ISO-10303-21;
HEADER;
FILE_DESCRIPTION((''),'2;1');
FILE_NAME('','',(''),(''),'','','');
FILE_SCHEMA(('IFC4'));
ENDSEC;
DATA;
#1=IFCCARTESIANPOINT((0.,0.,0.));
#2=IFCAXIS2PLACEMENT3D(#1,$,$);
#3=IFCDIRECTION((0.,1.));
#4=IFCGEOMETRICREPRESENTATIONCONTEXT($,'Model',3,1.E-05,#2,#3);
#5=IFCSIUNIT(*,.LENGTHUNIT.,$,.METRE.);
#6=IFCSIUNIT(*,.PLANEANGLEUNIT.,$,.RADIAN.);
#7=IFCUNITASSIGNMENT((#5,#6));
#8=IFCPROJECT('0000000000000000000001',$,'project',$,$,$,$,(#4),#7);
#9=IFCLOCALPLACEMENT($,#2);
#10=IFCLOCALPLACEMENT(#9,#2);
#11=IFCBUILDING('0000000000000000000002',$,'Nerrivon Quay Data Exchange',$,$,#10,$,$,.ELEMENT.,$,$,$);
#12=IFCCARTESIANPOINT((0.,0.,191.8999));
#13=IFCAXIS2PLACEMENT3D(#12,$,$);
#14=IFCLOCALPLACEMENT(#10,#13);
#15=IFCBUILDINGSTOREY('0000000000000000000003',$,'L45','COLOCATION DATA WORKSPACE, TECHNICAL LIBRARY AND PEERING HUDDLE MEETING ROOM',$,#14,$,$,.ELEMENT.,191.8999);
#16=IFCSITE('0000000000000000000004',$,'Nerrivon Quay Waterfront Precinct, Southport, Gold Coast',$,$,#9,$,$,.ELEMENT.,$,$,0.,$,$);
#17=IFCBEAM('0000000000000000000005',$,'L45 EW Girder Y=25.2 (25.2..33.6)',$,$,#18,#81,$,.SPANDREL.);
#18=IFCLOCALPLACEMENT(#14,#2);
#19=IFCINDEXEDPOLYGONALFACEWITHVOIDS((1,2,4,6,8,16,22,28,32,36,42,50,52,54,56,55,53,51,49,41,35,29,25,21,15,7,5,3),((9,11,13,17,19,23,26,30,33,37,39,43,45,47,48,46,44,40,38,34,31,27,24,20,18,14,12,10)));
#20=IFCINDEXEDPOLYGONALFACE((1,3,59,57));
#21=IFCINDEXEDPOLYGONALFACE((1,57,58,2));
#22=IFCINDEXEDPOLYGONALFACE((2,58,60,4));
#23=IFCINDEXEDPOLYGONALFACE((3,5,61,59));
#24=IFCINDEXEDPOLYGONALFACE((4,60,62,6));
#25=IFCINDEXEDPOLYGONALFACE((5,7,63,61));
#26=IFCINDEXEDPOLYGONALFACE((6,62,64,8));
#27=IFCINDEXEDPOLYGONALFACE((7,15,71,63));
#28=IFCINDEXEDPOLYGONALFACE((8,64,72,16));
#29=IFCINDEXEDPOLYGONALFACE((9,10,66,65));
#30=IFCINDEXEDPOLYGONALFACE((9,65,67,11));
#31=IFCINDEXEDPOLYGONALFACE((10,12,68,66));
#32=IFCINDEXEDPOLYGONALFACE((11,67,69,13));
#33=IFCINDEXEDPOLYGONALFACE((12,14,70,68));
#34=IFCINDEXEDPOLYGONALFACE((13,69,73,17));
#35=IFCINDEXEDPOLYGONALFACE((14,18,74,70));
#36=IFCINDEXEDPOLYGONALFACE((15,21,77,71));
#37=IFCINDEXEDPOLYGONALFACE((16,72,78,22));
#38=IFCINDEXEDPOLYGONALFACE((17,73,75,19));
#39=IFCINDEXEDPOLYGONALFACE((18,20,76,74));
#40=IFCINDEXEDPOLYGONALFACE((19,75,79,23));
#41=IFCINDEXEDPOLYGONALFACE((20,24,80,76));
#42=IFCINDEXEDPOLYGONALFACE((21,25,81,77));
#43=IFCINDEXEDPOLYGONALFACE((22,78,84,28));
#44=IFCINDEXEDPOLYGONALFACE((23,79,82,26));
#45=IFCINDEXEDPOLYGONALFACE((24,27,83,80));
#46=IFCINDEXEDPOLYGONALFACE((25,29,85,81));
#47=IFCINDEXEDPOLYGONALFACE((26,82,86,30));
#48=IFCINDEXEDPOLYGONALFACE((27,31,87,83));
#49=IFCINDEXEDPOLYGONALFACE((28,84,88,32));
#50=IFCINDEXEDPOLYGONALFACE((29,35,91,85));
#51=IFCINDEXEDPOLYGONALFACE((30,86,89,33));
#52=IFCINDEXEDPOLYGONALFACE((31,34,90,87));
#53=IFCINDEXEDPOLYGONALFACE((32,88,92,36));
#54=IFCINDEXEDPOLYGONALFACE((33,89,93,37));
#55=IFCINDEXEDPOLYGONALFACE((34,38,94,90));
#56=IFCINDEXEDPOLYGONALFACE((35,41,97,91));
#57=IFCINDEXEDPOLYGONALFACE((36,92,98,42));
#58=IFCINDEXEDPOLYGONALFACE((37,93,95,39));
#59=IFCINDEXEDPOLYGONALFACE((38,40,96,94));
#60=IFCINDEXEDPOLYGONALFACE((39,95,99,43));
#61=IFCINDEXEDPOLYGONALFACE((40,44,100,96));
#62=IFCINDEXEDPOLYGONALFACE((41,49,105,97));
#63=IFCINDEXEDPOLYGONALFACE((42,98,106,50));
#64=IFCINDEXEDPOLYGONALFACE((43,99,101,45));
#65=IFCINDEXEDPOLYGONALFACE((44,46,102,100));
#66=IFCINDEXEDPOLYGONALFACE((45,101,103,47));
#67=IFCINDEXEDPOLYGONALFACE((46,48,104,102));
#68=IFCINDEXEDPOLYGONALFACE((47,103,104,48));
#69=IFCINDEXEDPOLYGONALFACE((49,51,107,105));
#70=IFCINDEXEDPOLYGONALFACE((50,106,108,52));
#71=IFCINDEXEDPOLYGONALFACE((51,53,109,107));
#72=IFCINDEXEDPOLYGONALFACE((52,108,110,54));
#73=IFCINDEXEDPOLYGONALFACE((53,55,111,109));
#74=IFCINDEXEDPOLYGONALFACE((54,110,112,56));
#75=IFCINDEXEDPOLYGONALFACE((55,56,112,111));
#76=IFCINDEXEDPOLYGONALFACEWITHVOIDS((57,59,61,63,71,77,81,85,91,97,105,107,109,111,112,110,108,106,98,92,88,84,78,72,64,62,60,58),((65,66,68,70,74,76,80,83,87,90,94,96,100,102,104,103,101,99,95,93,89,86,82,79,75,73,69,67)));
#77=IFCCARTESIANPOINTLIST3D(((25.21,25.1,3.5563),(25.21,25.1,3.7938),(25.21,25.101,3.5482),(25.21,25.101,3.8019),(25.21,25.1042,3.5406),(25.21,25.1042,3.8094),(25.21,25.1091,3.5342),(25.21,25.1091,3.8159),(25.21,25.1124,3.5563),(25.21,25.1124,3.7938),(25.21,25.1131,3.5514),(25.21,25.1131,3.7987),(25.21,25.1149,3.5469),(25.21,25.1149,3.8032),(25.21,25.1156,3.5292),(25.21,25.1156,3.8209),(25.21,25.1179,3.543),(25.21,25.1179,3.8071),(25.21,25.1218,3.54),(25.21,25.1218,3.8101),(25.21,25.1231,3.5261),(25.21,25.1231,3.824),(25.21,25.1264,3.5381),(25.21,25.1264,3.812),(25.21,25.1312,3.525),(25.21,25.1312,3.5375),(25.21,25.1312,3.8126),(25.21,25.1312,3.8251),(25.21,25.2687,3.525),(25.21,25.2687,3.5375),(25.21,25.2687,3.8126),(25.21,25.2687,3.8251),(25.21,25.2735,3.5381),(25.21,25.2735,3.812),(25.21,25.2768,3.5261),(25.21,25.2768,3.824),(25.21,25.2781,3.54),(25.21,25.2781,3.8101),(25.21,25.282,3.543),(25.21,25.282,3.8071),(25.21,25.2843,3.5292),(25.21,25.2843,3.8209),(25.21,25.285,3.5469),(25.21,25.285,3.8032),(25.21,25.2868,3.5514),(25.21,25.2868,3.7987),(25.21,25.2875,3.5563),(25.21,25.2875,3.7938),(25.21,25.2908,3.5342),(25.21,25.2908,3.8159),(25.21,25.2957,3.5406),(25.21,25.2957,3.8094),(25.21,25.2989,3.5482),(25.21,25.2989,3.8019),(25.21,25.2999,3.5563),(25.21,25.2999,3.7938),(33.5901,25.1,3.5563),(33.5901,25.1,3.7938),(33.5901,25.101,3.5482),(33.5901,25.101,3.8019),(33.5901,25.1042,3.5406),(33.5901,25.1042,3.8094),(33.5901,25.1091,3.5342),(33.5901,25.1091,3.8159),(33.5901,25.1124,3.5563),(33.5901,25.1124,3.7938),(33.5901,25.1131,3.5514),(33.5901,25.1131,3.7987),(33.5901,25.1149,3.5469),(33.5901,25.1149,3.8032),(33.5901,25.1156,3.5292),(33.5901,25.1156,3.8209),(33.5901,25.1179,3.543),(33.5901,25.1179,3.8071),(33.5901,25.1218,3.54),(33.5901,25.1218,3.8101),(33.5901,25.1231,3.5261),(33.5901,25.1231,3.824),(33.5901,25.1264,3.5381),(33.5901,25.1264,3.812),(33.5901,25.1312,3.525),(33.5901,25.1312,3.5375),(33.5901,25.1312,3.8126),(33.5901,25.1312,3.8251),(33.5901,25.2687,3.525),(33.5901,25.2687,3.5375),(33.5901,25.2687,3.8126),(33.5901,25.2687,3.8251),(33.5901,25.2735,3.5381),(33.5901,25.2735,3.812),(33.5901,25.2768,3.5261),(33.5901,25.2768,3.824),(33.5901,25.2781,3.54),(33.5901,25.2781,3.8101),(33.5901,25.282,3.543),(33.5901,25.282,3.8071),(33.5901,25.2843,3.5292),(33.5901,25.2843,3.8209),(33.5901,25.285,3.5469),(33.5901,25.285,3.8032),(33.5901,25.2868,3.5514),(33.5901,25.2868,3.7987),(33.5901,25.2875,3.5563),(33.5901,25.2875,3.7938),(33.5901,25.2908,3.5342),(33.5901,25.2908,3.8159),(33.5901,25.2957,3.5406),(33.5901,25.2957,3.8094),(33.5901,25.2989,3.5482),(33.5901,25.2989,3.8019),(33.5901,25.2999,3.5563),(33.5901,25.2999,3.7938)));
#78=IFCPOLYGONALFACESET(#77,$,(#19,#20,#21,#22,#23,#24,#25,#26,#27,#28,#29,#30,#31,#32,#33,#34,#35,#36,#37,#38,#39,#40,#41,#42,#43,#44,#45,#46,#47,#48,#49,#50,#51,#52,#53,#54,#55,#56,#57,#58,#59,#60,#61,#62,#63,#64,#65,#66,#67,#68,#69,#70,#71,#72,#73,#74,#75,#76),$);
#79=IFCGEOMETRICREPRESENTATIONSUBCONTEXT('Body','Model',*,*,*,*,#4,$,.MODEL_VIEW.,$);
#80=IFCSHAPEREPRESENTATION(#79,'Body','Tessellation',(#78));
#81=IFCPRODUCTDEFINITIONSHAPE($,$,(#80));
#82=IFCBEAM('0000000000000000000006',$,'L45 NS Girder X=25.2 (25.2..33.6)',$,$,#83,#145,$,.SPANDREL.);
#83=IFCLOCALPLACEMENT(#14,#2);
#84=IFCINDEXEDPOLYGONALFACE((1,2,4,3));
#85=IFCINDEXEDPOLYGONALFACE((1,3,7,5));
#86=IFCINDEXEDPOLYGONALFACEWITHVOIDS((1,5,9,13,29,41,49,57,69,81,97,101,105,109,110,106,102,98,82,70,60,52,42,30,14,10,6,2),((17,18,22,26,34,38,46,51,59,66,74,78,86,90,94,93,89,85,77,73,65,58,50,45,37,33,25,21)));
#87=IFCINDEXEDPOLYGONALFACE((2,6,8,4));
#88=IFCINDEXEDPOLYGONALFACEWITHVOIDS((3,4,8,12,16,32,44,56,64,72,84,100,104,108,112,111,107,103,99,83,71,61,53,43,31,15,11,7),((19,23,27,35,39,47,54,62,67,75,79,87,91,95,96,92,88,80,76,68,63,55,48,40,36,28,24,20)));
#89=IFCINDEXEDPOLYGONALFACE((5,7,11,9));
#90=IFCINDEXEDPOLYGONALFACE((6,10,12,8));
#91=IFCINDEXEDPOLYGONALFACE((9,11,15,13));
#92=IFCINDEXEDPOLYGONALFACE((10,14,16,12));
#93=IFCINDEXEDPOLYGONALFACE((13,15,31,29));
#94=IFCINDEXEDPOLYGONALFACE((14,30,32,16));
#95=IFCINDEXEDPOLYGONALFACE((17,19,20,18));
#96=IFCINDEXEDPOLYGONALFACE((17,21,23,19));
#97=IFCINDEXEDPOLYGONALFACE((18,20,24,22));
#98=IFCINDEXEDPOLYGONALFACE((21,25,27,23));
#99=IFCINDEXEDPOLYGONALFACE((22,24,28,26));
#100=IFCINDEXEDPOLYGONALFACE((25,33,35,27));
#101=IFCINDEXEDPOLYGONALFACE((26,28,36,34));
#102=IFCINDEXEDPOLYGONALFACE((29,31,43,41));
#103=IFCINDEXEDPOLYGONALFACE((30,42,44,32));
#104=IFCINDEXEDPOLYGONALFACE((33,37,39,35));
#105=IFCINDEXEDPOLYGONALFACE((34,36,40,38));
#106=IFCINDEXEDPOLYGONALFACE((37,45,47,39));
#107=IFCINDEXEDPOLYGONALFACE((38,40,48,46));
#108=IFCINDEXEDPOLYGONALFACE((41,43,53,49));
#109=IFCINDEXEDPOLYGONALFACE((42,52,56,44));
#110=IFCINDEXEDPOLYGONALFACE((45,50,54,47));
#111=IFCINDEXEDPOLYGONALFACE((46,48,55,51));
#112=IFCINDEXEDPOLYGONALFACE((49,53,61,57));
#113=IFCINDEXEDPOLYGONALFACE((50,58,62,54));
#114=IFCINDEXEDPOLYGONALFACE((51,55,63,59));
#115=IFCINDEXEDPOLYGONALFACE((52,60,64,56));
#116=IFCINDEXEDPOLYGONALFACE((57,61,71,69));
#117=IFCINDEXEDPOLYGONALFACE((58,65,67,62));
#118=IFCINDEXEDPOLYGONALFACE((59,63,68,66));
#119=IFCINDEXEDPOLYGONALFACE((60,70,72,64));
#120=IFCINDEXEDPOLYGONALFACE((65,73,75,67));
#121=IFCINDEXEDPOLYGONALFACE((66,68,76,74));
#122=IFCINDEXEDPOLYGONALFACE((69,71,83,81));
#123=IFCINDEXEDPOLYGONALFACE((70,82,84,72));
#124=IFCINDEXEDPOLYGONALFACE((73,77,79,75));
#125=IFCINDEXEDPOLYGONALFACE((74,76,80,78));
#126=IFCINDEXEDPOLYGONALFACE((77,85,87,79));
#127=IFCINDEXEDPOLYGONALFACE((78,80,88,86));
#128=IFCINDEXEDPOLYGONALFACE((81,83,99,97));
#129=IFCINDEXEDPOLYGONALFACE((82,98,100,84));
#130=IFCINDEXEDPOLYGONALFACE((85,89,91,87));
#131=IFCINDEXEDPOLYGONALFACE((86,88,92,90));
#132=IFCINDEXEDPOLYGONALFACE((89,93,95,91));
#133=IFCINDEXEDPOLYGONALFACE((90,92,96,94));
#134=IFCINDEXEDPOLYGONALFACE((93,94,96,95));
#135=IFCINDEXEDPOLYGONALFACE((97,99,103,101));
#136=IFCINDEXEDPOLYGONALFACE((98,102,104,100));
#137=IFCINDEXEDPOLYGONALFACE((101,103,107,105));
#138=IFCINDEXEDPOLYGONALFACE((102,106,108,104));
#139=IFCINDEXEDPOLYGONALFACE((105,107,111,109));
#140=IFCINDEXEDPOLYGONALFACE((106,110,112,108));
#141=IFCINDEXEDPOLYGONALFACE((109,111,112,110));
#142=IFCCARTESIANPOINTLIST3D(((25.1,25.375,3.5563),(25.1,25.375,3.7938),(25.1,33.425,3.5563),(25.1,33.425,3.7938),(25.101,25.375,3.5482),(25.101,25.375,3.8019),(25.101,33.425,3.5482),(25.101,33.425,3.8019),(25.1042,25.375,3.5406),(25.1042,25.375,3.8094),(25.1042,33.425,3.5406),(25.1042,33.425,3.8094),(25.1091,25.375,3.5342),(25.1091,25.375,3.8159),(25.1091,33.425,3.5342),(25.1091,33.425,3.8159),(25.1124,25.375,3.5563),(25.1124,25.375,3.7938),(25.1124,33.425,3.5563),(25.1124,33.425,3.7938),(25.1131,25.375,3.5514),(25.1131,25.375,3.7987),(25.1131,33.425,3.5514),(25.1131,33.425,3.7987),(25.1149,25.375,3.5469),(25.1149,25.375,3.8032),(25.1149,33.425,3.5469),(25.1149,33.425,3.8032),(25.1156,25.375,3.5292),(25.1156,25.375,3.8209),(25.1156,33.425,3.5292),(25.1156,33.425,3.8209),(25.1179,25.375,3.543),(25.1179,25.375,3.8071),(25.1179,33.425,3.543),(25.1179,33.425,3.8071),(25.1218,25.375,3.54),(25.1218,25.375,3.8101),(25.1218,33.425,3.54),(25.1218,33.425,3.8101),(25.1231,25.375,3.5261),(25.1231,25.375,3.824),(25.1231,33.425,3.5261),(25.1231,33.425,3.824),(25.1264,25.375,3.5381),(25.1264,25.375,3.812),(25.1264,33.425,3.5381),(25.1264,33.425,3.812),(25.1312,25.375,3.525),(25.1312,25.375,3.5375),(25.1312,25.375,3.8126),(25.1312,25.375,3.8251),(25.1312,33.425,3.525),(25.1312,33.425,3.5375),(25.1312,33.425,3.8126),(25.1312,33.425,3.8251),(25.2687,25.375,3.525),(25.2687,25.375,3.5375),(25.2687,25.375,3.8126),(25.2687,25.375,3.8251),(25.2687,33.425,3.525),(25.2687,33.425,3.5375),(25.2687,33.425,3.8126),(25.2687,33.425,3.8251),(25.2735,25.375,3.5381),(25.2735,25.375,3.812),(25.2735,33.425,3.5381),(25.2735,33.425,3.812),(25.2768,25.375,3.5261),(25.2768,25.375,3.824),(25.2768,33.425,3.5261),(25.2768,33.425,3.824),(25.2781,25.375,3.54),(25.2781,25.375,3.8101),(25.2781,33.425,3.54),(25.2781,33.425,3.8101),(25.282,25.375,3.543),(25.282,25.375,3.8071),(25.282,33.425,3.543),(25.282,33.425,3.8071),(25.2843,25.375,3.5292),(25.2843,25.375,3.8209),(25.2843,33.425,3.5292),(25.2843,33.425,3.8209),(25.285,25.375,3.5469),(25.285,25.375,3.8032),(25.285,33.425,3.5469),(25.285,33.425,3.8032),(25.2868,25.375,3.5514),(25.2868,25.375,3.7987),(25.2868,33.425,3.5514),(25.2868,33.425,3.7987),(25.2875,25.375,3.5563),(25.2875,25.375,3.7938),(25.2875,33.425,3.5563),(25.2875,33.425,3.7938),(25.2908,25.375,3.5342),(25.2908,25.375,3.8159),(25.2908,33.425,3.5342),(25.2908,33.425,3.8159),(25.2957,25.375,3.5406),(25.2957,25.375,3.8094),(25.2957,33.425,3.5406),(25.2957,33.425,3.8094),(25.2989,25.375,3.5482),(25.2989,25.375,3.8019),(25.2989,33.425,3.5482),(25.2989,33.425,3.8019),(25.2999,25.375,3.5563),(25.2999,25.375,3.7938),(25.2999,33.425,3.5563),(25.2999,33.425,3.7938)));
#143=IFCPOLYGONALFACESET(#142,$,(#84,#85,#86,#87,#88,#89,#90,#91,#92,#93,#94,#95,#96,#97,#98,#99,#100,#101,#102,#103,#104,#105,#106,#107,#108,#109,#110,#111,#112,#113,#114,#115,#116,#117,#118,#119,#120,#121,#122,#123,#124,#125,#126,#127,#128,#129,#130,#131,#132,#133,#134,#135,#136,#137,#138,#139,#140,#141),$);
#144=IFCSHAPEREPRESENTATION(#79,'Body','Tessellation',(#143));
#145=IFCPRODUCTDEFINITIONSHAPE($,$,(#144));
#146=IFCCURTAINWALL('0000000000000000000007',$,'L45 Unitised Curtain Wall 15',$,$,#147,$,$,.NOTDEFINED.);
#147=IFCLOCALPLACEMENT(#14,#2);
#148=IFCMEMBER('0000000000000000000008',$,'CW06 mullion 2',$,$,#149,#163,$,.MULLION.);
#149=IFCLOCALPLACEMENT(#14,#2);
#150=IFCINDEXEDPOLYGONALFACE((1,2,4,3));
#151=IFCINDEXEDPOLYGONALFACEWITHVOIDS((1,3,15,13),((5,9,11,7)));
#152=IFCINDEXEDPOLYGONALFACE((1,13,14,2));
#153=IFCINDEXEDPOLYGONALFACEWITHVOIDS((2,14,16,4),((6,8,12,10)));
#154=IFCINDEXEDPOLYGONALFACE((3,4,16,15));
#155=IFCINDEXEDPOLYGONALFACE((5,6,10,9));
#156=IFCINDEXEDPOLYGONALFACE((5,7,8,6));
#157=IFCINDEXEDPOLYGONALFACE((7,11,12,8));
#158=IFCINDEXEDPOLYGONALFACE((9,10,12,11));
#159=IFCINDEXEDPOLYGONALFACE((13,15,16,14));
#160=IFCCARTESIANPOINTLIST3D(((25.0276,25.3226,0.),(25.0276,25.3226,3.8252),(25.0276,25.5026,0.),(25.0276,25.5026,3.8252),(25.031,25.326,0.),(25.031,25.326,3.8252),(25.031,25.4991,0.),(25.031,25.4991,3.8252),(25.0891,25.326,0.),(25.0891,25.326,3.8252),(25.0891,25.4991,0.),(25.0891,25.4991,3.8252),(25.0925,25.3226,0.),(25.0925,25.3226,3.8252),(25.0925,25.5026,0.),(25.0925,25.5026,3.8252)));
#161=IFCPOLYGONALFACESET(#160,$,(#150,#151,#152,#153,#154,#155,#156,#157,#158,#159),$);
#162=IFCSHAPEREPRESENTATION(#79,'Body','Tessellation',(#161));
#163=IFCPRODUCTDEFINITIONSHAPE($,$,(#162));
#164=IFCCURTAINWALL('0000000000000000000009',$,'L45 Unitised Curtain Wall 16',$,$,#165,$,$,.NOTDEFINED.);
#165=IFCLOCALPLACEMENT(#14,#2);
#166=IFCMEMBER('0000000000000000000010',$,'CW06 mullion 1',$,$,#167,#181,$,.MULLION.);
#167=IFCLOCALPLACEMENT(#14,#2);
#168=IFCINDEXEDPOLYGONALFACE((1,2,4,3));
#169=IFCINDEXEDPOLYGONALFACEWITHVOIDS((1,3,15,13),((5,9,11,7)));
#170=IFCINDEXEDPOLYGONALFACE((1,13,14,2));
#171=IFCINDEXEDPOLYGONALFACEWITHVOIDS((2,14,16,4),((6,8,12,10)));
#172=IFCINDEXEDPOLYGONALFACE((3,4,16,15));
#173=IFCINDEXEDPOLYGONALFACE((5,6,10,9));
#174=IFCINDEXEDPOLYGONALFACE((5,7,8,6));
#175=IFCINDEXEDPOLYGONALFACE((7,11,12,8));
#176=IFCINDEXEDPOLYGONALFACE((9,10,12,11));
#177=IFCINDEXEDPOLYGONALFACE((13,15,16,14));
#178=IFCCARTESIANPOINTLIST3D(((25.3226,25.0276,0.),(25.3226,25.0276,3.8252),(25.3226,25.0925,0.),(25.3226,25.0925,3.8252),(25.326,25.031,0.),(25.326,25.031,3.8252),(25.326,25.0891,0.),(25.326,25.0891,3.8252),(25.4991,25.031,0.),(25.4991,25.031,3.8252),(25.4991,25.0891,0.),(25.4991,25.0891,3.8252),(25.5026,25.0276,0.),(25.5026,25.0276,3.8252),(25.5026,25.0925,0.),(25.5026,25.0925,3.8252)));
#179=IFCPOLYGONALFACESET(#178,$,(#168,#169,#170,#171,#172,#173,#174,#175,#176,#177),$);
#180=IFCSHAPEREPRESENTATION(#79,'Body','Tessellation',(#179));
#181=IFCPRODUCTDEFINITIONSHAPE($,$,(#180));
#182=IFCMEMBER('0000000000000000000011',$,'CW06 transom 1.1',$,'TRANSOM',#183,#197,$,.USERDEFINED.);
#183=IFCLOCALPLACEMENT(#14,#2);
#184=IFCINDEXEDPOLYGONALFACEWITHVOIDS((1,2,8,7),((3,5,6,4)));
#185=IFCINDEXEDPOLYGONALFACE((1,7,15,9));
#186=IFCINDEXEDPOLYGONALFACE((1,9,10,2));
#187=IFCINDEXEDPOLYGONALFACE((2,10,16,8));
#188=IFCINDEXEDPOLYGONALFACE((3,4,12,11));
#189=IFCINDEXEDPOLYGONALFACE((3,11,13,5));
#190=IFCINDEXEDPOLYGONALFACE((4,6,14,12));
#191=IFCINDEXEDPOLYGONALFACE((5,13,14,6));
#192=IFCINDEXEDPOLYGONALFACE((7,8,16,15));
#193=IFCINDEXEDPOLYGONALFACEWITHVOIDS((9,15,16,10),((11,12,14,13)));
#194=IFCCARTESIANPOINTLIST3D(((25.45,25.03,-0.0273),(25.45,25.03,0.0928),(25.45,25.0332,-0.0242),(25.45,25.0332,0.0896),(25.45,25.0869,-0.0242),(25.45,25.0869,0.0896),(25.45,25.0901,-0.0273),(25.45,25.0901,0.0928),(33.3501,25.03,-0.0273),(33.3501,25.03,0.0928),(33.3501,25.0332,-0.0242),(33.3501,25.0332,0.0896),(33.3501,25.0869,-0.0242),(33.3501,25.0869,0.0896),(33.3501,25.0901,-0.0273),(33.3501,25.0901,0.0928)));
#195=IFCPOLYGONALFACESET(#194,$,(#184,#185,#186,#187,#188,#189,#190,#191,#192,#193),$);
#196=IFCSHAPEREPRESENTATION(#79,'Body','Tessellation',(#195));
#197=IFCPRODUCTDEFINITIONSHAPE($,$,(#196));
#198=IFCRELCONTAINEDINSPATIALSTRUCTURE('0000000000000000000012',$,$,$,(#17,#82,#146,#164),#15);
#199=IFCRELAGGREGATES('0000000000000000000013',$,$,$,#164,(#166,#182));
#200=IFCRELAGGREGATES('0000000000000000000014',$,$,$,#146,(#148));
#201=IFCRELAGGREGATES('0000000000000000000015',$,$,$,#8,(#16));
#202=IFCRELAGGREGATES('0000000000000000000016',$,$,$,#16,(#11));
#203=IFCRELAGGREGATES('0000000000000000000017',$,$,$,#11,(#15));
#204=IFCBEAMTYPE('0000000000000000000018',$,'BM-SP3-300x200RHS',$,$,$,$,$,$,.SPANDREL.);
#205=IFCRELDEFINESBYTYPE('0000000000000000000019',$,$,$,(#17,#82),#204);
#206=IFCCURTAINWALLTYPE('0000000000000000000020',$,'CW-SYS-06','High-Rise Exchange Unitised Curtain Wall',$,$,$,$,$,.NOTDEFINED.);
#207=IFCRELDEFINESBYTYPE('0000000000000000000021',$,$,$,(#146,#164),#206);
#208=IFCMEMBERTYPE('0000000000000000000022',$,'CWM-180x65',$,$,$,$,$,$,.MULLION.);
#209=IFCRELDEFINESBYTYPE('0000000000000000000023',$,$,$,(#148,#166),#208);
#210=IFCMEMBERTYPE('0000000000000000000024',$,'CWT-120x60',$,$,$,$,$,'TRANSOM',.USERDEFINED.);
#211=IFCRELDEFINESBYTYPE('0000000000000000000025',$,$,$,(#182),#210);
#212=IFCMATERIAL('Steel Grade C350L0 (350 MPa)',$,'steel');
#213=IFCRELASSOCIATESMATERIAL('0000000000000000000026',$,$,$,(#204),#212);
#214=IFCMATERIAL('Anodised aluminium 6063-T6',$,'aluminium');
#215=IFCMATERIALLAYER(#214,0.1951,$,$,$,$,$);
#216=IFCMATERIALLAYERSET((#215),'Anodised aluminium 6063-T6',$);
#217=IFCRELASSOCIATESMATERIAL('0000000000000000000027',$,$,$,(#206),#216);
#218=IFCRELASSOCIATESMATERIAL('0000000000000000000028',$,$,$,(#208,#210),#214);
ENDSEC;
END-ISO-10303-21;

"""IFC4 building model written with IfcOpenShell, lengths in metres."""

from ifc_helpers import new_model, si_unit, direction, frame, origin, origin_2d, place, context, subcontext, project, spatial, hollow_rectangle, extrude, material, layer, layer_set, material_profile, profile_set, type_object, element, aggregate, save


model = new_model("IFC4")

# Units and contexts
model_context = context("Model", 3, precision=1e-05, world=origin(), true_north=direction((0.0, 1.0)))
body_context = subcontext(model_context, "Body", "Model", "MODEL_VIEW")
ifc_project = project(units=[si_unit("LENGTHUNIT", "METRE"), si_unit("PLANEANGLEUNIT", "RADIAN")], contexts=[model_context])

# Site, building, storey
site_placement = place(None, origin())
site = spatial("IfcSite", under=ifc_project, at=site_placement, Name="Nerrivon Quay Waterfront Precinct, Southport, Gold Coast", CompositionType="ELEMENT", RefElevation=0.0)
building_placement = place(site_placement, origin())
building = spatial("IfcBuilding", under=site, at=building_placement, Name="Nerrivon Quay Data Exchange", CompositionType="ELEMENT")
storey_placement = place(building_placement, frame((0.0, 0.0, 191.8999)))
storey = spatial("IfcBuildingStorey", under=building, at=storey_placement, Name="L45", Description="COLOCATION DATA WORKSPACE, TECHNICAL LIBRARY AND PEERING HUDDLE MEETING ROOM", CompositionType="ELEMENT", Elevation=191.8999)

# Beams
ifc_material_1 = material(Name="Steel Grade C350L0 (350 MPa)", Category="steel")
ifc_material_profile_1 = material_profile(ifc_material_1, hollow_rectangle(XDim=0.2, YDim=0.3, WallThickness=0.0125, InnerFilletRadius=0.0188, OuterFilletRadius=0.0312, at=origin_2d()), Name="300x200x12.5RHS")
ifc_profile_set_1 = profile_set([ifc_material_profile_1], Name="Steel Grade C350L0 (350 MPa)")
beam_type_1 = type_object("IfcBeamType", Name="BM-SP3-300x200RHS", PredefinedType="SPANDREL", material=ifc_profile_set_1)
beam_1_placement = place(storey_placement, frame((25.21, 25.2, 3.675), z_axis=(1.0, 0.0, 0.0), x_axis=(0.0, 1.0, 0.0)))
element("IfcBeam", 1, at=beam_1_placement, inside=storey, type_object=beam_type_1, Name="L45 EW Girder Y=25.2 (25.2..33.6)", PredefinedType="SPANDREL", context=body_context, shape_type="SweptSolid", body=[
    extrude(hollow_rectangle(XDim=0.2, YDim=0.3, WallThickness=0.0125, InnerFilletRadius=0.0188, OuterFilletRadius=0.0312, at=origin_2d()), origin(), (0.0, 0.0, 1.0), 8.3801),
])
beam_2_placement = place(storey_placement, frame((25.2, 25.375, 3.675), z_axis=(0.0, 1.0, 0.0), x_axis=(-1.0, 0.0, 0.0)))
element("IfcBeam", 2, at=beam_2_placement, inside=storey, type_object=beam_type_1, Name="L45 NS Girder X=25.2 (25.2..33.6)", PredefinedType="SPANDREL", context=body_context, shape_type="SweptSolid", body=[
    extrude(hollow_rectangle(XDim=0.2, YDim=0.3, WallThickness=0.0125, InnerFilletRadius=0.0188, OuterFilletRadius=0.0312, at=origin_2d()), origin(), (0.0, 0.0, 1.0), 8.05),
])

# Curtain wall, member
ifc_material_2 = material(Name="Anodised aluminium 6063-T6", Category="aluminium")
ifc_layer_1 = layer(ifc_material_2, 0.1951)
ifc_layer_set_1 = layer_set([ifc_layer_1], Name="Anodised aluminium 6063-T6")
curtain_wall_type = type_object("IfcCurtainWallType", Name="CW-SYS-06", Description="High-Rise Exchange Unitised Curtain Wall", PredefinedType="NOTDEFINED", material=ifc_layer_set_1)
curtain_wall_1_placement = place(storey_placement, origin())
curtain_wall_1 = element("IfcCurtainWall", 3, at=curtain_wall_1_placement, inside=storey, type_object=curtain_wall_type, Name="L45 Unitised Curtain Wall 15", PredefinedType="NOTDEFINED")
ifc_material_profile_2 = material_profile(ifc_material_2, hollow_rectangle(XDim=0.0649, YDim=0.1799, WallThickness=0.0034, at=origin_2d()), Name="ALU-MULL-180x65")
ifc_profile_set_2 = profile_set([ifc_material_profile_2], Name="Anodised aluminium 6063-T6")
member_type_1 = type_object("IfcMemberType", Name="CWM-180x65", PredefinedType="MULLION", material=ifc_profile_set_2)
member_1_placement = place(storey_placement, frame((25.0601, 25.4126, 0.0), z_axis=(0.0, 0.0, 1.0), x_axis=(1.0, 0.0, 0.0)))
member_1 = element("IfcMember", 4, at=member_1_placement, type_object=member_type_1, Name="CW06 mullion 2", PredefinedType="MULLION", context=body_context, shape_type="SweptSolid", body=[
    extrude(hollow_rectangle(XDim=0.0649, YDim=0.1799, WallThickness=0.0034, at=origin_2d()), origin(), (0.0, 0.0, 1.0), 3.8252),
])

# Curtain wall, members
curtain_wall_2_placement = place(storey_placement, origin())
curtain_wall_2 = element("IfcCurtainWall", 5, at=curtain_wall_2_placement, inside=storey, type_object=curtain_wall_type, Name="L45 Unitised Curtain Wall 16", PredefinedType="NOTDEFINED")
member_2_placement = place(storey_placement, frame((25.4126, 25.0601, 0.0), z_axis=(0.0, 0.0, 1.0), x_axis=(0.0, 1.0, 0.0)))
member_2 = element("IfcMember", 6, at=member_2_placement, type_object=member_type_1, Name="CW06 mullion 1", PredefinedType="MULLION", context=body_context, shape_type="SweptSolid", body=[
    extrude(hollow_rectangle(XDim=0.0649, YDim=0.1799, WallThickness=0.0034, at=origin_2d()), origin(), (0.0, 0.0, 1.0), 3.8252),
])
ifc_material_profile_3 = material_profile(ifc_material_2, hollow_rectangle(XDim=0.0601, YDim=0.1201, WallThickness=0.0032, at=origin_2d()), Name="ALU-TRAN-120x60")
ifc_profile_set_3 = profile_set([ifc_material_profile_3], Name="Anodised aluminium 6063-T6")
member_type_2 = type_object("IfcMemberType", Name="CWT-120x60", ElementType="TRANSOM", PredefinedType="USERDEFINED", material=ifc_profile_set_3)
member_3_placement = place(storey_placement, frame((25.45, 25.0601, 0.0327), z_axis=(1.0, 0.0, 0.0), x_axis=(0.0, 1.0, 0.0)))
member_3 = element("IfcMember", 7, at=member_3_placement, type_object=member_type_2, Name="CW06 transom 1.1", ObjectType="TRANSOM", PredefinedType="USERDEFINED", context=body_context, shape_type="SweptSolid", body=[
    extrude(hollow_rectangle(XDim=0.0601, YDim=0.1201, WallThickness=0.0032, at=origin_2d()), origin(), (0.0, 0.0, 1.0), 7.9001),
])
aggregate(curtain_wall_2, [member_2, member_3])

aggregate(curtain_wall_1, [member_1])

save(model, "model.ifc")
